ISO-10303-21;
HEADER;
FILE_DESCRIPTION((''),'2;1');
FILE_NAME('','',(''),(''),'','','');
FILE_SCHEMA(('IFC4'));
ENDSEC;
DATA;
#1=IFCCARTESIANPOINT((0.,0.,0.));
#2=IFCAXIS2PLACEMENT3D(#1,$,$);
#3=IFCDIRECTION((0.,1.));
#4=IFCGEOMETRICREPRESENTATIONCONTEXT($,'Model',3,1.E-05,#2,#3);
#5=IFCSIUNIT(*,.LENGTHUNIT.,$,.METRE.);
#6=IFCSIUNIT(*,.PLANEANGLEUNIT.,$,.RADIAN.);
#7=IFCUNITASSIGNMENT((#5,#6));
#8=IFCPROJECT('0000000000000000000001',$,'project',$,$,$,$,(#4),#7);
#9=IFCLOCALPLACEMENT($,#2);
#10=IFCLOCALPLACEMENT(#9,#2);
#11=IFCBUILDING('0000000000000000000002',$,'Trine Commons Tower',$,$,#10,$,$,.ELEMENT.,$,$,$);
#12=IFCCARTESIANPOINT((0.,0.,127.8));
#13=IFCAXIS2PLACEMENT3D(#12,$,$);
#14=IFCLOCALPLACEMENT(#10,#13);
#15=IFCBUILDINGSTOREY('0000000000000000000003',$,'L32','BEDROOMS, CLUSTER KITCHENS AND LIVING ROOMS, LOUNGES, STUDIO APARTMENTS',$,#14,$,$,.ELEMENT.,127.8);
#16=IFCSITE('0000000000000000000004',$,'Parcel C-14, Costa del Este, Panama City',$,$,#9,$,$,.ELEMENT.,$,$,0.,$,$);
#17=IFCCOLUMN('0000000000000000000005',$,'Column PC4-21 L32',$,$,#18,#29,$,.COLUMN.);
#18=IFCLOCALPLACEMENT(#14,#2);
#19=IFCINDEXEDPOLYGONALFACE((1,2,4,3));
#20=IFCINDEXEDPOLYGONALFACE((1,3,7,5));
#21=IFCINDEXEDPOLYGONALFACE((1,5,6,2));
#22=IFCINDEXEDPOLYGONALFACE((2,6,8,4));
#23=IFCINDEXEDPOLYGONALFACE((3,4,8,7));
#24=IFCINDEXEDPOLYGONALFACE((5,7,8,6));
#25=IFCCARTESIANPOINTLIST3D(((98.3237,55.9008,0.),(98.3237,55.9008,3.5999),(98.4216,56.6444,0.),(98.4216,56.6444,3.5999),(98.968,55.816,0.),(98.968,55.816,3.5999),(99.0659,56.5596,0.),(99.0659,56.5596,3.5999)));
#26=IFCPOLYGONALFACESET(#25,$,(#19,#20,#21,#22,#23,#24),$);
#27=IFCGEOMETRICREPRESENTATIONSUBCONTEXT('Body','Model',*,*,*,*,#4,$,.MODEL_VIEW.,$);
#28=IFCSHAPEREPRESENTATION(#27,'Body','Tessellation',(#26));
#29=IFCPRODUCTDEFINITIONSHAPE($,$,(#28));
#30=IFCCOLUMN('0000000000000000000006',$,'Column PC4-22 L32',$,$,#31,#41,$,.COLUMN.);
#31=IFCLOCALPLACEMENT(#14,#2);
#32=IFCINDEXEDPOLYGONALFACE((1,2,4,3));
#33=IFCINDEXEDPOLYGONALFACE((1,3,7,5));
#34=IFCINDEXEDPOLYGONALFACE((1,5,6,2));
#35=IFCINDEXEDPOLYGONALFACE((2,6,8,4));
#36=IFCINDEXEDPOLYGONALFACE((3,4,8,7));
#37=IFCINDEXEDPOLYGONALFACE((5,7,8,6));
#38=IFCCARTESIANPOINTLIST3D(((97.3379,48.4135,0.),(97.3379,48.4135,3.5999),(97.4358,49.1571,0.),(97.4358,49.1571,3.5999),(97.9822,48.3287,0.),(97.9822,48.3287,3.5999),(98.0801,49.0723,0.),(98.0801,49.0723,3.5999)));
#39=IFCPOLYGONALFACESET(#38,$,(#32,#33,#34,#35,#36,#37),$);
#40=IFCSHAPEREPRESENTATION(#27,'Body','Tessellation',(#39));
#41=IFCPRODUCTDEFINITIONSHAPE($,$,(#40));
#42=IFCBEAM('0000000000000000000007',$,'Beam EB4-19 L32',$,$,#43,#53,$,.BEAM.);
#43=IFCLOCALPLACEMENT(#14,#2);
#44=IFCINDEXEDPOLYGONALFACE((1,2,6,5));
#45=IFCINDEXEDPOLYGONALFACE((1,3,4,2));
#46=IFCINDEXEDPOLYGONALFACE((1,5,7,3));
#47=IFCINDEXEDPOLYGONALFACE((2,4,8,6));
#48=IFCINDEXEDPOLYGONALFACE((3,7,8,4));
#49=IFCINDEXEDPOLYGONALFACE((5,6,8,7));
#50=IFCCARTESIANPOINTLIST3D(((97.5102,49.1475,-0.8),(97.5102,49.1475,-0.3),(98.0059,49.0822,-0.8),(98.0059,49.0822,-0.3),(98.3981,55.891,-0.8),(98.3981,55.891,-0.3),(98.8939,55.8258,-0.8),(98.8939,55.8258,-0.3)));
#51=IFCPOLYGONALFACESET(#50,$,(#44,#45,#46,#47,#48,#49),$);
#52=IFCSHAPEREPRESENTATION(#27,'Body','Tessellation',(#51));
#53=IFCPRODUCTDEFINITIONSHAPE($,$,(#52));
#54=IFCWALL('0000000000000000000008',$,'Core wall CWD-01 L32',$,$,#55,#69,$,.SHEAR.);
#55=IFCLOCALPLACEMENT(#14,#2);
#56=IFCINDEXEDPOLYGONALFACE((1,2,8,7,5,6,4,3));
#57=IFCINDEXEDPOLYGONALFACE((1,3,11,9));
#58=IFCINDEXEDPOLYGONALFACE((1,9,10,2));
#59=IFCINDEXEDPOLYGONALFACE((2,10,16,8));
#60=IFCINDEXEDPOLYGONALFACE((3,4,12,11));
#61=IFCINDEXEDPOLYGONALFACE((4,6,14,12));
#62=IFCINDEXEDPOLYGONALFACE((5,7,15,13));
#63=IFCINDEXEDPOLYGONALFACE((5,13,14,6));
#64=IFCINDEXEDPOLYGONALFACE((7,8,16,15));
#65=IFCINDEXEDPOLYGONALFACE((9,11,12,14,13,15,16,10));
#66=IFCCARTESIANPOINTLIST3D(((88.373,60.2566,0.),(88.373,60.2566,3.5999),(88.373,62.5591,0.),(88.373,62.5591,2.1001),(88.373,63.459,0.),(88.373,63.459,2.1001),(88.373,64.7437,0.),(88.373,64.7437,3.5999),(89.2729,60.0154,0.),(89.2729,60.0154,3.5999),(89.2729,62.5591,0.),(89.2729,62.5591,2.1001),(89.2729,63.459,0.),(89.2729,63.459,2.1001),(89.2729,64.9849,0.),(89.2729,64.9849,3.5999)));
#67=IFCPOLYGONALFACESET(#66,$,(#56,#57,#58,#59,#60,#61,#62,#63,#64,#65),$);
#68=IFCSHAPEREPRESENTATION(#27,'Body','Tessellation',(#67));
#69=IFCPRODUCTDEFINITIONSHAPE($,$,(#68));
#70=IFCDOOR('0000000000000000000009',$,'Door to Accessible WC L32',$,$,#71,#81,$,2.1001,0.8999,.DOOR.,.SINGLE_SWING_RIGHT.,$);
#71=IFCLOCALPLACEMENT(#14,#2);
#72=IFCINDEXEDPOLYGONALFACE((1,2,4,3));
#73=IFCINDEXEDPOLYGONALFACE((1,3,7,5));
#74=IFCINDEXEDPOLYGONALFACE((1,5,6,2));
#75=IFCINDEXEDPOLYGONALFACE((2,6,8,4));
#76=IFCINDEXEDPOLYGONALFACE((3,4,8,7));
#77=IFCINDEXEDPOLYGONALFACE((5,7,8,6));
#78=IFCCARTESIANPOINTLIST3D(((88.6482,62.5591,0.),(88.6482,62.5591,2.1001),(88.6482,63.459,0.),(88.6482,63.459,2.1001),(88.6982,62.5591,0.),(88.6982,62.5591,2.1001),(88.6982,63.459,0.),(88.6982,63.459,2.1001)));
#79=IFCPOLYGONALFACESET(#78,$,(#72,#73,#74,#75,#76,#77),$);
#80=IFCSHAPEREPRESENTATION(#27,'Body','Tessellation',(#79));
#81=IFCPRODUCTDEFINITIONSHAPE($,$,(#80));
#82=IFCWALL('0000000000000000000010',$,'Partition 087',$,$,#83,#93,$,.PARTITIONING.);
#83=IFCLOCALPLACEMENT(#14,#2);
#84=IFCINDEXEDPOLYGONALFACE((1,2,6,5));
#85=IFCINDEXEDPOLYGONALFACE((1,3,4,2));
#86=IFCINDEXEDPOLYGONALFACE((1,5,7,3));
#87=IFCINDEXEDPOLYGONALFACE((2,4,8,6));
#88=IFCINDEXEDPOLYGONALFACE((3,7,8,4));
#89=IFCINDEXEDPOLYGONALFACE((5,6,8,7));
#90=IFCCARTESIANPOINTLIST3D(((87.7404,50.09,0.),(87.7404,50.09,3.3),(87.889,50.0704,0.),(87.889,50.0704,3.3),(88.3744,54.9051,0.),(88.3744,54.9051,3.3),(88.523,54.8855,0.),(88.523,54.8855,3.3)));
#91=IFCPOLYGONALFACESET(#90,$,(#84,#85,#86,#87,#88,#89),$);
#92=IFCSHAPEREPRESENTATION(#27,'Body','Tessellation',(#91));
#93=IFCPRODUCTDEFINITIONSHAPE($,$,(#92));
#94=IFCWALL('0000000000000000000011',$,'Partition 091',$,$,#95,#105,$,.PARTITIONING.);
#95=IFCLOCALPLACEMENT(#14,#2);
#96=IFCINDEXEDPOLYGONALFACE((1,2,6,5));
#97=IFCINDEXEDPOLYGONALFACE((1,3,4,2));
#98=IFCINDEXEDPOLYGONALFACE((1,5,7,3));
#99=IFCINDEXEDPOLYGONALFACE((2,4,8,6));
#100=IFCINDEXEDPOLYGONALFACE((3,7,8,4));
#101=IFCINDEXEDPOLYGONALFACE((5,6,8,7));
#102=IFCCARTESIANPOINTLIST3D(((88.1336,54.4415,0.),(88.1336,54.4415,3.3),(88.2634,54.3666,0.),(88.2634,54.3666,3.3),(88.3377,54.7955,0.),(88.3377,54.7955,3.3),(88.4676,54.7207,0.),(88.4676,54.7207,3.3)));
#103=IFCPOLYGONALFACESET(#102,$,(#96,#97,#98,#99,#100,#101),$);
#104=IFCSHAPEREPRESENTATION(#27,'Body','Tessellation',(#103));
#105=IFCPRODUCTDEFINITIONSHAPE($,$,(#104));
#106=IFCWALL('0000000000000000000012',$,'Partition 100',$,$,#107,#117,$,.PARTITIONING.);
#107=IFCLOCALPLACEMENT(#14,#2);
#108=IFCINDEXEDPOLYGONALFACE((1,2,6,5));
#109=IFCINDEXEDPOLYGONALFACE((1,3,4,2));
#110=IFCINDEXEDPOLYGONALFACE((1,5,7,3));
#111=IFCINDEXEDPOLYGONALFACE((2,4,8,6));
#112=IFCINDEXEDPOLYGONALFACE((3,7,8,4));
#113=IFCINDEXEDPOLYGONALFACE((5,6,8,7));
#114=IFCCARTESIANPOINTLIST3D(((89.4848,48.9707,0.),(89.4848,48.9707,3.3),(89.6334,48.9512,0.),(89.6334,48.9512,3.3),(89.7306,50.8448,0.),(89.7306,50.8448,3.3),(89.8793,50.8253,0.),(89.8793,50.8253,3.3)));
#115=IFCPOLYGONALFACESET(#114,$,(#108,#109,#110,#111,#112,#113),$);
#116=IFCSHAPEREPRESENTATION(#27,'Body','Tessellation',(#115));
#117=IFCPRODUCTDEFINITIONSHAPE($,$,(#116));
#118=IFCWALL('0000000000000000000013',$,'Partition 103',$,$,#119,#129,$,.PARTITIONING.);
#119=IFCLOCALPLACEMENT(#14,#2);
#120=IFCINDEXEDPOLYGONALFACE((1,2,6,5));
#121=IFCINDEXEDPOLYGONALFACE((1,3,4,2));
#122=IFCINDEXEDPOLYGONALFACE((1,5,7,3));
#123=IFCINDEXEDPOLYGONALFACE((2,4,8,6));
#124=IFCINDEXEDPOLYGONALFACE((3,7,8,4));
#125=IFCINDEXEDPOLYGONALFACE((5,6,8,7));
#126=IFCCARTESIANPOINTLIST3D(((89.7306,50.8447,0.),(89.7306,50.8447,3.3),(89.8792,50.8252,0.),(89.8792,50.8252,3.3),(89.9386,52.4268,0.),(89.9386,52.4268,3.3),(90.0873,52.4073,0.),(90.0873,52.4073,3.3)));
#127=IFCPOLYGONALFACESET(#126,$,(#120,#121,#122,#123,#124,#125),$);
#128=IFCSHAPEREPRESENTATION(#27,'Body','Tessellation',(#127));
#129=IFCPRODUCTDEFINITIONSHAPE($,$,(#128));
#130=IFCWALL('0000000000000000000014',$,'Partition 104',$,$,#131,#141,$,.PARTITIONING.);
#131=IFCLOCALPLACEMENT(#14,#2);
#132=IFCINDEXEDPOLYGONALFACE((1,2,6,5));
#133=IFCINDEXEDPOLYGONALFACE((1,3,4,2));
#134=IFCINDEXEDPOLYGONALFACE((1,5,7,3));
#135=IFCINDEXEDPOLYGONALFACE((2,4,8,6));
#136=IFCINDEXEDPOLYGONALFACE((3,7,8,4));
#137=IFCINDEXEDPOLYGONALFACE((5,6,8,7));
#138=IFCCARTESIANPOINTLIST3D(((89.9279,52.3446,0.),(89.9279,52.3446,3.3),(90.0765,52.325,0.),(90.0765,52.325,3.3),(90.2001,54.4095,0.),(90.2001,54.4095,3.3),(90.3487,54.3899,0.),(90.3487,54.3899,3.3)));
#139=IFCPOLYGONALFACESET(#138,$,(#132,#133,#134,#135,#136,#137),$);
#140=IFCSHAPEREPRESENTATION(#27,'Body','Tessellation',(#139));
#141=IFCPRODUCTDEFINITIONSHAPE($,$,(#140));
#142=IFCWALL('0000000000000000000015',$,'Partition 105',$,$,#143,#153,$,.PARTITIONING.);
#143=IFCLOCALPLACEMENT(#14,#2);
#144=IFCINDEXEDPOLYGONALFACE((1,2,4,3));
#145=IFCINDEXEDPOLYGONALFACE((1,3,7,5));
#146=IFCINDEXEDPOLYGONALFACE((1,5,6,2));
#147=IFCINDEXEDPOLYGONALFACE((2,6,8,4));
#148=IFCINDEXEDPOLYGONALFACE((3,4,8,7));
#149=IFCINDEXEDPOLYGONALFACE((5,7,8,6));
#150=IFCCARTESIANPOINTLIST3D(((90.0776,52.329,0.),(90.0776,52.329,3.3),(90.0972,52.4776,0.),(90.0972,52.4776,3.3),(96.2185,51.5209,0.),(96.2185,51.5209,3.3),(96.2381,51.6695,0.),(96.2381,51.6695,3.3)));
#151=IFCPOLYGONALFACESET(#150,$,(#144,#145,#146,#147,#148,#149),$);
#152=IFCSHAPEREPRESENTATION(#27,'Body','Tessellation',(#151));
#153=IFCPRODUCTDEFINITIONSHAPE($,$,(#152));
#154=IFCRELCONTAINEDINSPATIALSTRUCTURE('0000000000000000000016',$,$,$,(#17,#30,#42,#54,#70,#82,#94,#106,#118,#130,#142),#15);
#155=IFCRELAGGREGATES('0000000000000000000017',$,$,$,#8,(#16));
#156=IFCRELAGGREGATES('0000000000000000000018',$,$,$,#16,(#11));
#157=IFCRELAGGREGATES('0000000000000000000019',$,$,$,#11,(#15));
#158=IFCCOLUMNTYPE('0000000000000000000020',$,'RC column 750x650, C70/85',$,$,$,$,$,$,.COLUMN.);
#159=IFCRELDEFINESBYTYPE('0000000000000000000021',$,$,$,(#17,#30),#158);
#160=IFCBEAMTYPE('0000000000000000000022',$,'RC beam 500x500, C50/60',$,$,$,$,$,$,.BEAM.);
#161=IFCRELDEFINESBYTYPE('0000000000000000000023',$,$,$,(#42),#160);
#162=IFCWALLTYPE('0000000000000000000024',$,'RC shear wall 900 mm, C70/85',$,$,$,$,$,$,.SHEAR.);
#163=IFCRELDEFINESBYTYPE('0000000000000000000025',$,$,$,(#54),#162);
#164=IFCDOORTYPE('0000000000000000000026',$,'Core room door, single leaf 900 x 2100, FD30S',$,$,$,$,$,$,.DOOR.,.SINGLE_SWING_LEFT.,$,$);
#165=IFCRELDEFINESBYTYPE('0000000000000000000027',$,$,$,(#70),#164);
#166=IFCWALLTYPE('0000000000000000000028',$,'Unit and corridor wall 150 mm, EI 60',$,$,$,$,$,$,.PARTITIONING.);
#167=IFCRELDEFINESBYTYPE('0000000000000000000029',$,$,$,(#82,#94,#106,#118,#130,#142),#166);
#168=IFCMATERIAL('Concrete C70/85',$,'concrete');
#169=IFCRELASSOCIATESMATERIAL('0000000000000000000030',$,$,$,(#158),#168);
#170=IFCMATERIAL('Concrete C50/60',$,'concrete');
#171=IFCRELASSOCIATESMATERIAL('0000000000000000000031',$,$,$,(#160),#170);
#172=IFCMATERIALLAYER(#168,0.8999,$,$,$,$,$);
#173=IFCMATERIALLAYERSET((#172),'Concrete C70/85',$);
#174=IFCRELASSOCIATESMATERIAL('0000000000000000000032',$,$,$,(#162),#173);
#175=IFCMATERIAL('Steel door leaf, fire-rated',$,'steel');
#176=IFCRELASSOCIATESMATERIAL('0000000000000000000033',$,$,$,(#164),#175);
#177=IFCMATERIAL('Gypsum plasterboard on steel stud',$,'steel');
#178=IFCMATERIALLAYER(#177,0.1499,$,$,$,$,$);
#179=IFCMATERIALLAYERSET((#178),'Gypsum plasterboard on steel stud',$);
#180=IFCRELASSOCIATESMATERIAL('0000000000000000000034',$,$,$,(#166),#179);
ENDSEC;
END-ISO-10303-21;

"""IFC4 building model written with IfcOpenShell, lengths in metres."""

from ifc_helpers import new_model, si_unit, direction, frame, frame_2d, origin, origin_2d, place, context, subcontext, project, spatial, polyline, rectangle, outline, extrude, material, layer, layer_set, material_profile, profile_set, type_object, element, fill, save


model = new_model("IFC4")

# Units and contexts
model_context = context("Model", 3, precision=1e-05, world=origin(), true_north=direction((0.0, 1.0)))
body_context = subcontext(model_context, "Body", "Model", "MODEL_VIEW")
ifc_project = project(units=[si_unit("LENGTHUNIT", "METRE"), si_unit("PLANEANGLEUNIT", "RADIAN")], contexts=[model_context])

# Site, building, storey
site_placement = place(None, origin())
site = spatial("IfcSite", under=ifc_project, at=site_placement, Name="Parcel C-14, Costa del Este, Panama City", CompositionType="ELEMENT", RefElevation=0.0)
building_placement = place(site_placement, origin())
building = spatial("IfcBuilding", under=site, at=building_placement, Name="Trine Commons Tower", CompositionType="ELEMENT")
storey_placement = place(building_placement, frame((0.0, 0.0, 127.8)))
storey = spatial("IfcBuildingStorey", under=building, at=storey_placement, Name="L32", Description="BEDROOMS, CLUSTER KITCHENS AND LIVING ROOMS, LOUNGES, STUDIO APARTMENTS", CompositionType="ELEMENT", Elevation=127.8)

# Columns
ifc_material_1 = material(Name="Concrete C70/85", Category="concrete")
ifc_material_profile_1 = material_profile(ifc_material_1, rectangle(XDim=0.75, YDim=0.6499, at=origin_2d()), Name="RC 750x650")
ifc_profile_set_1 = profile_set([ifc_material_profile_1], Name="Concrete C70/85")
column_type = type_object("IfcColumnType", Name="RC column 750x650, C70/85", PredefinedType="COLUMN", material=ifc_profile_set_1)
for number, where, z_axis, x_axis, name in (
    (1, (98.6948, 56.2302, 0.0), (0.0, 0.0, 1.0), (0.130526, 0.991445, 0.0), "Column PC4-21 L32"),
    (2, (97.709, 48.7429, 0.0), (0.0, 0.0, 1.0), (0.130526, 0.991445, 0.0), "Column PC4-22 L32"),
):
    element("IfcColumn", number, at=place(storey_placement, frame(where, z_axis=z_axis, x_axis=x_axis)), inside=storey, type_object=column_type, Name=name, PredefinedType="COLUMN", context=body_context, shape_type="SweptSolid", body=[
        extrude(rectangle(XDim=0.75, YDim=0.6499, at=origin_2d()), origin(), (0.0, 0.0, 1.0), 3.5999),
    ])

# Beam
ifc_material_2 = material(Name="Concrete C50/60", Category="concrete")
ifc_material_profile_2 = material_profile(ifc_material_2, rectangle(XDim=0.5, YDim=0.5, at=origin_2d()), Name="RC 500x500")
ifc_profile_set_2 = profile_set([ifc_material_profile_2], Name="Concrete C50/60")
beam_type = type_object("IfcBeamType", Name="RC beam 500x500, C50/60", PredefinedType="BEAM", material=ifc_profile_set_2)
beam_placement = place(storey_placement, frame((98.646, 55.8584, -0.55), z_axis=(-0.130544, -0.991443, 0.0), x_axis=(0.991443, -0.130544, 0.0)))
element("IfcBeam", 3, at=beam_placement, inside=storey, type_object=beam_type, Name="Beam EB4-19 L32", PredefinedType="BEAM", context=body_context, shape_type="SweptSolid", body=[
    extrude(rectangle(XDim=0.5, YDim=0.5, at=origin_2d()), origin(), (0.0, 0.0, 1.0), 6.8018),
])

# Wall, opening, door
ifc_layer_1 = layer(ifc_material_1, 0.8999)
ifc_layer_set_1 = layer_set([ifc_layer_1], Name="Concrete C70/85")
wall_type_1 = type_object("IfcWallType", Name="RC shear wall 900 mm, C70/85", PredefinedType="SHEAR", material=ifc_layer_set_1)
wall_1_placement = place(storey_placement, frame((88.823, 60.0154, 0.0), z_axis=(0.0, 0.0, 1.0), x_axis=(0.0, 1.0, 0.0)))
wall_1 = element("IfcWall", 4, at=wall_1_placement, inside=storey, type_object=wall_type_1, Name="Core wall CWD-01 L32", PredefinedType="SHEAR", context=body_context, shape_type="SweptSolid", body=[
    extrude(outline(polyline([(0.0, -0.45), (4.9695, -0.45), (4.7283, 0.45), (0.2412, 0.45), (0.0, -0.45)])), origin(), (0.0, 0.0, 1.0), 3.5999),
])
opening_1_placement = place(wall_1_placement, frame((2.5437, 0.0, 0.0)))
opening_1 = element("IfcOpeningElement", 5, at=opening_1_placement, cuts=wall_1, PredefinedType="OPENING", context=body_context, shape_type="SweptSolid", body=[
    extrude(rectangle(XDim=0.8999, YDim=2.1001, at=frame_2d((0.45, 1.05))), frame((0.0, 0.46, 0.0), z_axis=(0.0, -1.0, 0.0), x_axis=(1.0, 0.0, 0.0)), (0.0, 0.0, 1.0), 0.9199),
])
ifc_material_3 = material(Name="Steel door leaf, fire-rated", Category="steel")
door_type_1 = type_object("IfcDoorType", Name="Core room door, single leaf 900 x 2100, FD30S", OperationType="SINGLE_SWING_LEFT", PredefinedType="DOOR", material=ifc_material_3)
door_1_placement = place(opening_1_placement, origin())
door_1 = element("IfcDoor", 6, at=door_1_placement, inside=storey, type_object=door_type_1, Name="Door to Accessible WC L32", OperationType="SINGLE_SWING_RIGHT", OverallHeight=2.1001, OverallWidth=0.8999, PredefinedType="DOOR", context=body_context, shape_type="SweptSolid", body=[
    extrude(rectangle(XDim=0.8999, YDim=2.1001, at=frame_2d((0.45, 1.05))), frame((0.0, 0.1748, 0.0), z_axis=(0.0, -1.0, 0.0), x_axis=(1.0, 0.0, 0.0)), (0.0, 0.0, 1.0), 0.05),
])
fill(opening_1, door_1)

# Walls
ifc_material_4 = material(Name="Gypsum plasterboard on steel stud", Category="steel")
ifc_layer_2 = layer(ifc_material_4, 0.1499)
ifc_layer_set_2 = layer_set([ifc_layer_2], Name="Gypsum plasterboard on steel stud")
wall_type_2 = type_object("IfcWallType", Name="Unit and corridor wall 150 mm, EI 60", PredefinedType="PARTITIONING", material=ifc_layer_set_2)
wall_2_placement = place(storey_placement, frame((87.8147, 50.0803, 0.0), z_axis=(0.0, 0.0, 1.0), x_axis=(0.130547, 0.991442, 0.0)))
element("IfcWall", 7, at=wall_2_placement, inside=storey, type_object=wall_type_2, Name="Partition 087", PredefinedType="PARTITIONING", context=body_context, shape_type="SweptSolid", body=[
    extrude(rectangle(XDim=4.8567, YDim=0.1499, at=frame_2d((2.4282, 0.0))), origin(), (0.0, 0.0, 1.0), 3.3),
])
wall_3_placement = place(storey_placement, frame((88.1985, 54.4041, 0.0), z_axis=(0.0, 0.0, 1.0), x_axis=(0.499481, 0.866325, 0.0)))
element("IfcWall", 8, at=wall_3_placement, inside=storey, type_object=wall_type_2, Name="Partition 091", PredefinedType="PARTITIONING", context=body_context, shape_type="SweptSolid", body=[
    extrude(rectangle(XDim=0.4087, YDim=0.1499, at=frame_2d((0.2043, 0.0))), origin(), (0.0, 0.0, 1.0), 3.3),
])
wall_4_placement = place(storey_placement, frame((89.5591, 48.9609, 0.0), z_axis=(0.0, 0.0, 1.0), x_axis=(0.130074, 0.991504, 0.0)))
element("IfcWall", 9, at=wall_4_placement, inside=storey, type_object=wall_type_2, Name="Partition 100", PredefinedType="PARTITIONING", context=body_context, shape_type="SweptSolid", body=[
    extrude(rectangle(XDim=1.8901, YDim=0.1499, at=frame_2d((0.9451, 0.0))), origin(), (0.0, 0.0, 1.0), 3.3),
])
wall_5_placement = place(storey_placement, frame((89.8049, 50.835, 0.0), z_axis=(0.0, 0.0, 1.0), x_axis=(0.13036, 0.991467, 0.0)))
element("IfcWall", 10, at=wall_5_placement, inside=storey, type_object=wall_type_2, Name="Partition 103", PredefinedType="PARTITIONING", context=body_context, shape_type="SweptSolid", body=[
    extrude(rectangle(XDim=1.5957, YDim=0.1499, at=frame_2d((0.7979, 0.0))), origin(), (0.0, 0.0, 1.0), 3.3),
])
wall_6_placement = place(storey_placement, frame((90.0022, 52.3347, 0.0), z_axis=(0.0, 0.0, 1.0), x_axis=(0.130697, 0.991422, 0.0)))
element("IfcWall", 11, at=wall_6_placement, inside=storey, type_object=wall_type_2, Name="Partition 104", PredefinedType="PARTITIONING", context=body_context, shape_type="SweptSolid", body=[
    extrude(rectangle(XDim=2.0828, YDim=0.1499, at=frame_2d((1.0415, 0.0))), origin(), (0.0, 0.0, 1.0), 3.3),
])
wall_7_placement = place(storey_placement, frame((90.0874, 52.4033, 0.0), z_axis=(0.0, 0.0, 1.0), x_axis=(0.991452, -0.13047, 0.0)))
element("IfcWall", 12, at=wall_7_placement, inside=storey, type_object=wall_type_2, Name="Partition 105", PredefinedType="PARTITIONING", context=body_context, shape_type="SweptSolid", body=[
    extrude(rectangle(XDim=6.1938, YDim=0.1499, at=frame_2d((3.0969, 0.0))), origin(), (0.0, 0.0, 1.0), 3.3),
])

save(model, "model.ifc")
